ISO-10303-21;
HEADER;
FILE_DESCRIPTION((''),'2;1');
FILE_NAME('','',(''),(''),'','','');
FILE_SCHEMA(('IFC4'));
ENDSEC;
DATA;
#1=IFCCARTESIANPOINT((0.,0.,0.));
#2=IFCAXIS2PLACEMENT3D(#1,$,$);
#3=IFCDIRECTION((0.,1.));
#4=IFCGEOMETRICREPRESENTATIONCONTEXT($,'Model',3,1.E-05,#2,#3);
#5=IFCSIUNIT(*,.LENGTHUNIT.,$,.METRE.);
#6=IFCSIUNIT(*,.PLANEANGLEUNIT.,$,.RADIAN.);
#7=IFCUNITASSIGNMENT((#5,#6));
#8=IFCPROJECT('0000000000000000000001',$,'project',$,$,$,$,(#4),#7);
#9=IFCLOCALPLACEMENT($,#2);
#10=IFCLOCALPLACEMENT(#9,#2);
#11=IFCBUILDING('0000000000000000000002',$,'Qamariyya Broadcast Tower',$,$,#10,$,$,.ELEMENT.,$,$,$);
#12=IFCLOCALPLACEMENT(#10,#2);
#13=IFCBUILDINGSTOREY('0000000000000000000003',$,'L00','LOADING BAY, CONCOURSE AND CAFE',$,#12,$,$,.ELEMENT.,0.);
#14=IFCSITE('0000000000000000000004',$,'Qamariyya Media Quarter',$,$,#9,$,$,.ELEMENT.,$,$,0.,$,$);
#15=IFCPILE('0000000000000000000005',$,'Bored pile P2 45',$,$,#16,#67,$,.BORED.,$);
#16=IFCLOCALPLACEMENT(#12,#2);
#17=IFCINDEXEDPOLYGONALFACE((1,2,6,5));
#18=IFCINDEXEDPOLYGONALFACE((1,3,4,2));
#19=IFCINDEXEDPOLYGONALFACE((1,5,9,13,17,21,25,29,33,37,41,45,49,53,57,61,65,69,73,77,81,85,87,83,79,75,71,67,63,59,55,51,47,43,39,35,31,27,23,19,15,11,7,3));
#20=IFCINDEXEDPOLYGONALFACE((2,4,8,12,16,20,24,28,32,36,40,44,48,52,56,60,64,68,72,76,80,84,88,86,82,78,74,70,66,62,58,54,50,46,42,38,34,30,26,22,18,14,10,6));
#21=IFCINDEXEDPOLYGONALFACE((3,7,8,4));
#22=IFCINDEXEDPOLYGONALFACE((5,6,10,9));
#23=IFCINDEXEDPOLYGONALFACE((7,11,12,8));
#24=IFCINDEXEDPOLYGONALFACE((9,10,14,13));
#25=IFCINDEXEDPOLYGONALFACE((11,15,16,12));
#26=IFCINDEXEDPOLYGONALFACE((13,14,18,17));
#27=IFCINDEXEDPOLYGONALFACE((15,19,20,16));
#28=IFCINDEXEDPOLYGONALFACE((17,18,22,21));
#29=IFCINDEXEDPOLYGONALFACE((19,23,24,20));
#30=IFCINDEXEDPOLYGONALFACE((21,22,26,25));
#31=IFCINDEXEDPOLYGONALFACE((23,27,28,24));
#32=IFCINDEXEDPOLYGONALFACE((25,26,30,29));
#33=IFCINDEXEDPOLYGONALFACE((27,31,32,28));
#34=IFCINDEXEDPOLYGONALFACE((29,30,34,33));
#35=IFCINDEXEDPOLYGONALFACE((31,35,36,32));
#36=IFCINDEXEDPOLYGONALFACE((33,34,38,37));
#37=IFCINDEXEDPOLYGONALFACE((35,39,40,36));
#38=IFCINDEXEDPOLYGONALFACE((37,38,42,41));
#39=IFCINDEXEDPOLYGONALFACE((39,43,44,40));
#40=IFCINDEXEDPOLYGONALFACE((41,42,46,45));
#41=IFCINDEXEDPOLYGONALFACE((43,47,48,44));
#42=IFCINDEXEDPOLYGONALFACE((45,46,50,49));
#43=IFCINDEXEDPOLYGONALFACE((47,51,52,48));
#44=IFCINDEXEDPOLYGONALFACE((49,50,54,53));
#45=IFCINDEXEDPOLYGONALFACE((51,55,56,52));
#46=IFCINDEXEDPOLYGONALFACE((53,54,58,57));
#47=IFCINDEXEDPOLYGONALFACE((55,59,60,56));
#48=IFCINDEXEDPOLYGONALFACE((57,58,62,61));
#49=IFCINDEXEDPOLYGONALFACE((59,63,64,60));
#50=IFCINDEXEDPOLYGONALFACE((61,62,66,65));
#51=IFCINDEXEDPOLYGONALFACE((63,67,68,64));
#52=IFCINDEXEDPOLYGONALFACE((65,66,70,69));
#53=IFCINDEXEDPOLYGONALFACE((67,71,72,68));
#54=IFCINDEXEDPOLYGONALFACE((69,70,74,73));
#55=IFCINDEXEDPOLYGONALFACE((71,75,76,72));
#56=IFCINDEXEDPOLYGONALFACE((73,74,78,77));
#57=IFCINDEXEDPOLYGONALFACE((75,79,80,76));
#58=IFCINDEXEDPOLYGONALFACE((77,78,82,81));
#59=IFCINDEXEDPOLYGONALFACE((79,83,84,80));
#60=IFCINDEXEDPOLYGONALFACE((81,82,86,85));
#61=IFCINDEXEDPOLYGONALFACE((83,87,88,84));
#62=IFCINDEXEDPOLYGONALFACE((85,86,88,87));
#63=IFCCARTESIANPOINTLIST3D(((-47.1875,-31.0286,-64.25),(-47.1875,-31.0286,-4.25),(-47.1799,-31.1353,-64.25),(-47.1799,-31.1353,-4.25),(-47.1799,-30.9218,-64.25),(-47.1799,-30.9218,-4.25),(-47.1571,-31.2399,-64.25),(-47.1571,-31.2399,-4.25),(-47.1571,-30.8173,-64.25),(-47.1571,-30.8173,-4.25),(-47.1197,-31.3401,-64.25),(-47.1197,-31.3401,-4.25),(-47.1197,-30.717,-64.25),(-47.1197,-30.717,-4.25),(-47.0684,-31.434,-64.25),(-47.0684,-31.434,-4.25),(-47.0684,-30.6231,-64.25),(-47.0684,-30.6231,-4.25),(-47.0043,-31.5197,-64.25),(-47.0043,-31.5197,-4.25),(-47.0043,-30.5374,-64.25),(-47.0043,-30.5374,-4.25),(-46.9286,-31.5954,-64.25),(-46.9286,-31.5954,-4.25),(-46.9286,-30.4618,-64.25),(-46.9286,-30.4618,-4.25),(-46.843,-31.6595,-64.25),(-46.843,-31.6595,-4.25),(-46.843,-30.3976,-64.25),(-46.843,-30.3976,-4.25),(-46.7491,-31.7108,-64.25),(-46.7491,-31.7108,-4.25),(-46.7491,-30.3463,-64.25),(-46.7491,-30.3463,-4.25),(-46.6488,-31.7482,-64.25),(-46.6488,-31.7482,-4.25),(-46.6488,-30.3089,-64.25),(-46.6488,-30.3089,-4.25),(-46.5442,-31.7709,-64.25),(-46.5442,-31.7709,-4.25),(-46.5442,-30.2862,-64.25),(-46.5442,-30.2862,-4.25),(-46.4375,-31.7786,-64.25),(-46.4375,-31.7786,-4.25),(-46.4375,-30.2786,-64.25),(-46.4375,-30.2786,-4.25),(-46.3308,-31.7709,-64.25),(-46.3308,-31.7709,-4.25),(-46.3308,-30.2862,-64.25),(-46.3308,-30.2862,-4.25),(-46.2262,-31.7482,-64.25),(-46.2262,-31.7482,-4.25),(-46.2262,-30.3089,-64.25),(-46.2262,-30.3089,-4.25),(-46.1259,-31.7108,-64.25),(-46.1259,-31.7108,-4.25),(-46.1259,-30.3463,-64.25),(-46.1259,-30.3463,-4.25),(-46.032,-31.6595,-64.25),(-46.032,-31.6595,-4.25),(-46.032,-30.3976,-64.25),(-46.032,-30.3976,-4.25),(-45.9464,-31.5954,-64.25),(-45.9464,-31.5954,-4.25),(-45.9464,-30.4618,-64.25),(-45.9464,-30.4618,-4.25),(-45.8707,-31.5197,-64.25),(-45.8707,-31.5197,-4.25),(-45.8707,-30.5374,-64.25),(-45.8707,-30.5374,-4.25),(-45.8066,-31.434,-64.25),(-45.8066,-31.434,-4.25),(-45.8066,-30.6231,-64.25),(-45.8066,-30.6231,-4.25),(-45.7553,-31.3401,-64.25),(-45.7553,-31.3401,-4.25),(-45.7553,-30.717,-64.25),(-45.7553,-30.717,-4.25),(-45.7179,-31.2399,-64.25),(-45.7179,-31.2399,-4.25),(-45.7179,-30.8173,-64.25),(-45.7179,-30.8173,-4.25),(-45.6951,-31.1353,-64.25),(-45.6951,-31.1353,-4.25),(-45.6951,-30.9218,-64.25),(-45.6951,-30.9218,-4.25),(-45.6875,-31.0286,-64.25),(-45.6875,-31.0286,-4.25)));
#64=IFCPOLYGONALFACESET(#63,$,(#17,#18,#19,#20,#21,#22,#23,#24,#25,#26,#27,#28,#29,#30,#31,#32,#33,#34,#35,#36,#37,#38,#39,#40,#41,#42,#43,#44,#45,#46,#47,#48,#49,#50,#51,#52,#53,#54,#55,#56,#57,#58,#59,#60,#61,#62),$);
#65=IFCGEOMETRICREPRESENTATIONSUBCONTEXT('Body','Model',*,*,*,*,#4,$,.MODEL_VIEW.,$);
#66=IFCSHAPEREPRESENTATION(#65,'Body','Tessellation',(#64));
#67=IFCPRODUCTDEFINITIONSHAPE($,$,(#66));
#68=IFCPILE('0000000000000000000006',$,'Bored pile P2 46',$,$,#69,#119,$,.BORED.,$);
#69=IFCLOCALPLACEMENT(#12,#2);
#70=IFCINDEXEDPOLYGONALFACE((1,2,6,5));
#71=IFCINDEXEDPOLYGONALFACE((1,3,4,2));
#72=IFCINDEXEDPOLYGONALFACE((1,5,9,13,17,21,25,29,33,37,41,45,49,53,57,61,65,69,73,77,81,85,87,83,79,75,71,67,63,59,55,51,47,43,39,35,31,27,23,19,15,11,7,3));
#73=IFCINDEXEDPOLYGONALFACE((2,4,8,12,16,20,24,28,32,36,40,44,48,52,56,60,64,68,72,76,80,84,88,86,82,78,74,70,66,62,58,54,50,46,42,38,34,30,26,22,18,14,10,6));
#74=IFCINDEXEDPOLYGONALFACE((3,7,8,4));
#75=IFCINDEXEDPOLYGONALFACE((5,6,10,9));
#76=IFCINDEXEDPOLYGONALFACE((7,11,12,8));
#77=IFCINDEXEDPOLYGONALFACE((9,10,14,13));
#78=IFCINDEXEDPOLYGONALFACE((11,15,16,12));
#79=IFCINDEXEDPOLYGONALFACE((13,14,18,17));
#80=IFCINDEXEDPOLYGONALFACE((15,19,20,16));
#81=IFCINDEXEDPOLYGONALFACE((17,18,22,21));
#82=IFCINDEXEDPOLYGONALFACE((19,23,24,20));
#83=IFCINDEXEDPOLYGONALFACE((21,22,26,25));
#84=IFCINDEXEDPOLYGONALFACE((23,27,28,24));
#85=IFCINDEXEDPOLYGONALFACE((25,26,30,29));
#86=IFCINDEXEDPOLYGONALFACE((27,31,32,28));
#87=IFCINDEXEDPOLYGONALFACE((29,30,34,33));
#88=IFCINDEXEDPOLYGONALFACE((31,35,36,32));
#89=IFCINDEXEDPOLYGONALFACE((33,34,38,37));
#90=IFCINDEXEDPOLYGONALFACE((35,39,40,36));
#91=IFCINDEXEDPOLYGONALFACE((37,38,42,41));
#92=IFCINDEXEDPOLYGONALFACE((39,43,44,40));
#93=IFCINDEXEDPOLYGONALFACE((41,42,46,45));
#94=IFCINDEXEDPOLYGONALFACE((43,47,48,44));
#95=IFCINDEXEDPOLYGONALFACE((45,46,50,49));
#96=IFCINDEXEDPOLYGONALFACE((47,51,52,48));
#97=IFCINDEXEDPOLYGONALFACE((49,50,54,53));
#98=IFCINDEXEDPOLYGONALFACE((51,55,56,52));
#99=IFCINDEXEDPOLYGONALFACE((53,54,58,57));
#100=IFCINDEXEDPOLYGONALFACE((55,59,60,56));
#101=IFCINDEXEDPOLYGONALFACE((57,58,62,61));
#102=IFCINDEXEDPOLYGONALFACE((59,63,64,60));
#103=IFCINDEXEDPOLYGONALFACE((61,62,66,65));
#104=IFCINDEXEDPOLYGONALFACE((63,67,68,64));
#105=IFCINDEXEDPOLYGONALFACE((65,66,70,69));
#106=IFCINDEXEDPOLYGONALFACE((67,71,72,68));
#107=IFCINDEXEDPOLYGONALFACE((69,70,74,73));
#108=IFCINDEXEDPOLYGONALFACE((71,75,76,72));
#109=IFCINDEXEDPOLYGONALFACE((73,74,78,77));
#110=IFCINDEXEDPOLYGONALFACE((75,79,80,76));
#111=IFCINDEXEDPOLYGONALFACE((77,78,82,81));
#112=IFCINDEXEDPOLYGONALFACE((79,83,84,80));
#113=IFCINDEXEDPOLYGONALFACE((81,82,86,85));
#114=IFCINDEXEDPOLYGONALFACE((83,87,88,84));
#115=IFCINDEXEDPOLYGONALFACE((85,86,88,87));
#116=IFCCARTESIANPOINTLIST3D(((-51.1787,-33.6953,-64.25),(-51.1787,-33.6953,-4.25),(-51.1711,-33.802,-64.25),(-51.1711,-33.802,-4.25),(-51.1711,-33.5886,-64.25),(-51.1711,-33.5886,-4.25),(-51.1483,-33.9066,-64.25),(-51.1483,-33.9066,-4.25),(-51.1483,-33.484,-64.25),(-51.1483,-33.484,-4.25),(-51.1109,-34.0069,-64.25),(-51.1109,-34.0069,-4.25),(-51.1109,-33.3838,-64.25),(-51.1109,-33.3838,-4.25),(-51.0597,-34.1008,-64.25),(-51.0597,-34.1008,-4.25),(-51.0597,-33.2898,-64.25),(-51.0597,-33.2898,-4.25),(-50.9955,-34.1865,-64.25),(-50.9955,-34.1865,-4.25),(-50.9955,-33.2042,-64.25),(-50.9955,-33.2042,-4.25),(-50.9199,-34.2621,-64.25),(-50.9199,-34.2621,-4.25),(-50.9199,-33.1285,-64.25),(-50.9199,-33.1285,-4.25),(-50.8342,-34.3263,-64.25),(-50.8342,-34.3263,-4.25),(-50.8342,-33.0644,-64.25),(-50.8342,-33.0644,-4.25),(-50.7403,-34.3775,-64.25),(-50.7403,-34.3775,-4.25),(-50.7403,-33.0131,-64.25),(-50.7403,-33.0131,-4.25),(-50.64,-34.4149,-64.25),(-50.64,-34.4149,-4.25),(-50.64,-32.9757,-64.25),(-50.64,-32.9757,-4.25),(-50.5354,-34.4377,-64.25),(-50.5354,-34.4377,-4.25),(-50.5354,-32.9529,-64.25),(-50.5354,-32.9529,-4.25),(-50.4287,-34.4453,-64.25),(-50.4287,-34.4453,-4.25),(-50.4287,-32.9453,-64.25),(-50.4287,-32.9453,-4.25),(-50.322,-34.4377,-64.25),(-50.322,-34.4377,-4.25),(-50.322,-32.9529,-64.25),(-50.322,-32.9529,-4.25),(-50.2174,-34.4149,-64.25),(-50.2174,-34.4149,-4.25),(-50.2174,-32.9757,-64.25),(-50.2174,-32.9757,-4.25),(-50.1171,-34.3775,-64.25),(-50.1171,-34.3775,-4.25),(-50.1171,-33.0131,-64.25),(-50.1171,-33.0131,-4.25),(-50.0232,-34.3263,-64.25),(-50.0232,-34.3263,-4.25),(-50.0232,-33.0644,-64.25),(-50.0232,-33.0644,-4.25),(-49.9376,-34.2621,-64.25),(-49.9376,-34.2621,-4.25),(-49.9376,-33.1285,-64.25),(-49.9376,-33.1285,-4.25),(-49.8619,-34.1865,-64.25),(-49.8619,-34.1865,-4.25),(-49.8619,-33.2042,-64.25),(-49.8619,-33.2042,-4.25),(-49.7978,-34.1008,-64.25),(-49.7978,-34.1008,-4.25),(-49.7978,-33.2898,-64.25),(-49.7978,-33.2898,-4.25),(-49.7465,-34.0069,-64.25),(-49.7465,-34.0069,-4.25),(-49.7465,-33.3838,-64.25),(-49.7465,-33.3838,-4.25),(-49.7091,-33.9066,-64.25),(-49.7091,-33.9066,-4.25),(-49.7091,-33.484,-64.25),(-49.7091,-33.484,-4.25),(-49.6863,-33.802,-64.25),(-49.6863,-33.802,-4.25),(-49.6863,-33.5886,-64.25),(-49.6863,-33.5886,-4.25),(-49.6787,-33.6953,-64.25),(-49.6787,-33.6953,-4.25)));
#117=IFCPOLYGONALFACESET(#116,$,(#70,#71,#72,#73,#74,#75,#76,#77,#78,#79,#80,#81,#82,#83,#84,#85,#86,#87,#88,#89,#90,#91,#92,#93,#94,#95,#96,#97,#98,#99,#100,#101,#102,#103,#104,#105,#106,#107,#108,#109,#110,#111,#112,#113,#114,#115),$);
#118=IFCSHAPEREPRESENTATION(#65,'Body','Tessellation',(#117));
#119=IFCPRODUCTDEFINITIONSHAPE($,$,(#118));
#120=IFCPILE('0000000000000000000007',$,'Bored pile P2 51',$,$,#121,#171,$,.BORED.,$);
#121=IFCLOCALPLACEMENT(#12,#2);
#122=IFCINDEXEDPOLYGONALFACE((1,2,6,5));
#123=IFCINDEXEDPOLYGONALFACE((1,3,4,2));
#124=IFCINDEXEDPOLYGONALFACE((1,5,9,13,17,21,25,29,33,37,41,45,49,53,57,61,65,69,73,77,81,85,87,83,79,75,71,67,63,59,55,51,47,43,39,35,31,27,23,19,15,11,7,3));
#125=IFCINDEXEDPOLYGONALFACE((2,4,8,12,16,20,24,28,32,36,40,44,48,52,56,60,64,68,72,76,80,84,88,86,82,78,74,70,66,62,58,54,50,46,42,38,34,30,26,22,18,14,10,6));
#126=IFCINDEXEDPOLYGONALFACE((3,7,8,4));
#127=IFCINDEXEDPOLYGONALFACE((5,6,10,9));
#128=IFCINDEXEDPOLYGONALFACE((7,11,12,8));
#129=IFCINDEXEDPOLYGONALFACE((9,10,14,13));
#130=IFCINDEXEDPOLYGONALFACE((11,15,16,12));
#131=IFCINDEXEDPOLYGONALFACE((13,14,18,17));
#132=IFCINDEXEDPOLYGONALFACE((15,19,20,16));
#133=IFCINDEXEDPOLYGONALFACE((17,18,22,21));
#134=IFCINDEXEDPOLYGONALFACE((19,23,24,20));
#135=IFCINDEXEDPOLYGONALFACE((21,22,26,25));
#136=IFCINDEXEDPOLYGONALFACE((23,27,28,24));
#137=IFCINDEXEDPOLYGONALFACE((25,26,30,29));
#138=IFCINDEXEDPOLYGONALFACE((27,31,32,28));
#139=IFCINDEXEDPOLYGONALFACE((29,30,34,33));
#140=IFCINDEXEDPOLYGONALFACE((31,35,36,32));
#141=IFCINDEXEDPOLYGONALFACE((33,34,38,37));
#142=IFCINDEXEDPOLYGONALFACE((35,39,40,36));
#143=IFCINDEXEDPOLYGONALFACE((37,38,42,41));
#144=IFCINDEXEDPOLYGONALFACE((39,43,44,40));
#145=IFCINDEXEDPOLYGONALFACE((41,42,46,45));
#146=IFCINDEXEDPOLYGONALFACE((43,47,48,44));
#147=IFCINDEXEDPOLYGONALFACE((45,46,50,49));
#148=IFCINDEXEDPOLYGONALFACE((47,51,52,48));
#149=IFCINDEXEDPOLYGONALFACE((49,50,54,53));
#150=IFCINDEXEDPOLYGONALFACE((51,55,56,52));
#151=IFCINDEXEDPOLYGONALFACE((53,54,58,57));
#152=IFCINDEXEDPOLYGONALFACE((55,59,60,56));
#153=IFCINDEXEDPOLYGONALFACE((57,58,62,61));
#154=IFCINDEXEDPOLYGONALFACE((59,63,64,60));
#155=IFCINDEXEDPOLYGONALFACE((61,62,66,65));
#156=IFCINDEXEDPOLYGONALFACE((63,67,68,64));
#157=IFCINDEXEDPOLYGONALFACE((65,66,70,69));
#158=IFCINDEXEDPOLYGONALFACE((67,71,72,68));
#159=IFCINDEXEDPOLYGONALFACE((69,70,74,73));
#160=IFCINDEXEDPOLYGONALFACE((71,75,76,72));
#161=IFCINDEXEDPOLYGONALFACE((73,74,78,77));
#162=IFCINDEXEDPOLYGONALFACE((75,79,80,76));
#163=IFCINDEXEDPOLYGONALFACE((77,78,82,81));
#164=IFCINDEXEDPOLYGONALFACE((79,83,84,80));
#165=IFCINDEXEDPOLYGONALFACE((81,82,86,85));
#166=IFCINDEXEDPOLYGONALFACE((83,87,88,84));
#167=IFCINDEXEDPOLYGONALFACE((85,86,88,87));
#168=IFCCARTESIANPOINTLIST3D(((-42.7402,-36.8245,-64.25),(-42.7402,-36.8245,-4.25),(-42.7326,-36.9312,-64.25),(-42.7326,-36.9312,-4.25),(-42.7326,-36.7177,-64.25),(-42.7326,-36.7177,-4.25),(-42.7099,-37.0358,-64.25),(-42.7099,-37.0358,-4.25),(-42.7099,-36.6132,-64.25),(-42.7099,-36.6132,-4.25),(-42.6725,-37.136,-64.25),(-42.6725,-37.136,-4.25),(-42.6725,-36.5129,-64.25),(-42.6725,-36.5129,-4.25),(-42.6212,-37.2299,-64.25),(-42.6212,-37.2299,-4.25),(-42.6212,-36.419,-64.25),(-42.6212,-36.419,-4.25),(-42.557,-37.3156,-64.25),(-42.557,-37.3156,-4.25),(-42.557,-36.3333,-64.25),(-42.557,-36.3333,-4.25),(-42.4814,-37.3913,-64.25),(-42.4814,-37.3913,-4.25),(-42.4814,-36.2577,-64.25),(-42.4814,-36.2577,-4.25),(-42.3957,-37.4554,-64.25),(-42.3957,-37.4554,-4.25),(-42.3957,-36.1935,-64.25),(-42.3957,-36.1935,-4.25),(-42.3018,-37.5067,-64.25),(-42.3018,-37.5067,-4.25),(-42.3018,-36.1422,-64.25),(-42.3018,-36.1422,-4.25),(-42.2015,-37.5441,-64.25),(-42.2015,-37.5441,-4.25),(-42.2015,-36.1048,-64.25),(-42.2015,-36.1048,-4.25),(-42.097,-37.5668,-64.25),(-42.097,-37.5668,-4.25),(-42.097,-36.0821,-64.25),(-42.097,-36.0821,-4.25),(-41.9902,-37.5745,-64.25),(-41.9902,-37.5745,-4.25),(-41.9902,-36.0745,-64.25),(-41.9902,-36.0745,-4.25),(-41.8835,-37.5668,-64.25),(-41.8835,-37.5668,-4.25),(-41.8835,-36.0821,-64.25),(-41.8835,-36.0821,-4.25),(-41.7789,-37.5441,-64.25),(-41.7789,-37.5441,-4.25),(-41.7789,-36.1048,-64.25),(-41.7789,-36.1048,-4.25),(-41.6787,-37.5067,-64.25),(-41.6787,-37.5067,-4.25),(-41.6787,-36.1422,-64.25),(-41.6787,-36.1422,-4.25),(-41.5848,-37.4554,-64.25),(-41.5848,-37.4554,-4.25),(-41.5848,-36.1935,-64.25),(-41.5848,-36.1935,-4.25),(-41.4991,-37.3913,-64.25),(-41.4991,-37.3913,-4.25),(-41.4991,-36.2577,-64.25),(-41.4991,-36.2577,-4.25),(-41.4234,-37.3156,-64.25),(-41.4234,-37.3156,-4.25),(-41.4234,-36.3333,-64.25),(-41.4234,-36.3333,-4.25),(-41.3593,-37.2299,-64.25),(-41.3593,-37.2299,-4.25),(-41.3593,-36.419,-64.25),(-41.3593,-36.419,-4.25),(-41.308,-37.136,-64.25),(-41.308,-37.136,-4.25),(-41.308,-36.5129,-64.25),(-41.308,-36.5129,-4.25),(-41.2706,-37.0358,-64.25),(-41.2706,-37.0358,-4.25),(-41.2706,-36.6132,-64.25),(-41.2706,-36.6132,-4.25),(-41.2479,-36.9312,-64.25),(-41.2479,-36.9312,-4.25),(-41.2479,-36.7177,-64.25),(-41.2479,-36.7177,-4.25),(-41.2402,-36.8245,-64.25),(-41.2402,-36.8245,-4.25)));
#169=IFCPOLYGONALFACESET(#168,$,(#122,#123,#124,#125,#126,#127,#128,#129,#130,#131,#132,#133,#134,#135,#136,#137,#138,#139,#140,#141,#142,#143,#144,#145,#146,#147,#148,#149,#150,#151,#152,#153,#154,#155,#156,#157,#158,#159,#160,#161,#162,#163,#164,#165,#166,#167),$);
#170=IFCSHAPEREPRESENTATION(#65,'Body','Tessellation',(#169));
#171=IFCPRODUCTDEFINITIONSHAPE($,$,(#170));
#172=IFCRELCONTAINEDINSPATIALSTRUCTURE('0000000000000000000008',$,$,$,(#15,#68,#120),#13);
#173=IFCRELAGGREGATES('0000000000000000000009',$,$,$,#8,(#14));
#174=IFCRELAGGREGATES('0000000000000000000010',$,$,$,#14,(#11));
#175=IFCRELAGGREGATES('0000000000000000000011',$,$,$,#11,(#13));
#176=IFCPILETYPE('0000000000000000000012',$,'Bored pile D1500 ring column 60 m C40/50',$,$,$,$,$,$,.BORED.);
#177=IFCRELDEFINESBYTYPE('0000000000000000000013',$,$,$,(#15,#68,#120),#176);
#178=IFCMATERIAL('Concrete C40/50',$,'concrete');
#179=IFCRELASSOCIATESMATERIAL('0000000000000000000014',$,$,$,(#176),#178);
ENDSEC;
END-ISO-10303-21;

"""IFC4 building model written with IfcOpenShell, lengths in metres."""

from ifc_helpers import new_model, si_unit, direction, frame, origin, origin_2d, place, context, subcontext, project, spatial, circle, extrude, material, material_profile, profile_set, type_object, element, save


model = new_model("IFC4")

# Units and contexts
model_context = context("Model", 3, precision=1e-05, world=origin(), true_north=direction((0.0, 1.0)))
body_context = subcontext(model_context, "Body", "Model", "MODEL_VIEW")
ifc_project = project(units=[si_unit("LENGTHUNIT", "METRE"), si_unit("PLANEANGLEUNIT", "RADIAN")], contexts=[model_context])

# Site, building, storey
site_placement = place(None, origin())
site = spatial("IfcSite", under=ifc_project, at=site_placement, Name="Qamariyya Media Quarter", CompositionType="ELEMENT", RefElevation=0.0)
building_placement = place(site_placement, origin())
building = spatial("IfcBuilding", under=site, at=building_placement, Name="Qamariyya Broadcast Tower", CompositionType="ELEMENT")
storey_placement = place(building_placement, origin())
storey = spatial("IfcBuildingStorey", under=building, at=storey_placement, Name="L00", Description="LOADING BAY, CONCOURSE AND CAFE", CompositionType="ELEMENT", Elevation=0.0)

# Piles
ifc_material_1 = material(Name="Concrete C40/50", Category="concrete")
ifc_material_profile_1 = material_profile(ifc_material_1, circle(Radius=0.75, at=origin_2d()))
ifc_profile_set_1 = profile_set([ifc_material_profile_1], Name="Concrete C40/50")
pile_type_1 = type_object("IfcPileType", Name="Bored pile D1500 ring column 60 m C40/50", PredefinedType="BORED", material=ifc_profile_set_1)
for number, where, z_axis, x_axis, name in (
    (1, (-46.4375, -31.0286, -4.25), (0.0, 0.0, -1.0), (1.0, 0.0, 0.0), "Bored pile P2 45"),
    (2, (-50.4287, -33.6953, -4.25), (0.0, 0.0, -1.0), (1.0, 0.0, 0.0), "Bored pile P2 46"),
    (3, (-41.9902, -36.8245, -4.25), (0.0, 0.0, -1.0), (1.0, 0.0, 0.0), "Bored pile P2 51"),
):
    element("IfcPile", number, at=place(storey_placement, frame(where, z_axis=z_axis, x_axis=x_axis)), inside=storey, type_object=pile_type_1, Name=name, PredefinedType="BORED", context=body_context, shape_type="SweptSolid", body=[
        extrude(circle(Radius=0.75, at=origin_2d()), origin(), (0.0, 0.0, 1.0), 60.0),
    ])

save(model, "model.ifc")
